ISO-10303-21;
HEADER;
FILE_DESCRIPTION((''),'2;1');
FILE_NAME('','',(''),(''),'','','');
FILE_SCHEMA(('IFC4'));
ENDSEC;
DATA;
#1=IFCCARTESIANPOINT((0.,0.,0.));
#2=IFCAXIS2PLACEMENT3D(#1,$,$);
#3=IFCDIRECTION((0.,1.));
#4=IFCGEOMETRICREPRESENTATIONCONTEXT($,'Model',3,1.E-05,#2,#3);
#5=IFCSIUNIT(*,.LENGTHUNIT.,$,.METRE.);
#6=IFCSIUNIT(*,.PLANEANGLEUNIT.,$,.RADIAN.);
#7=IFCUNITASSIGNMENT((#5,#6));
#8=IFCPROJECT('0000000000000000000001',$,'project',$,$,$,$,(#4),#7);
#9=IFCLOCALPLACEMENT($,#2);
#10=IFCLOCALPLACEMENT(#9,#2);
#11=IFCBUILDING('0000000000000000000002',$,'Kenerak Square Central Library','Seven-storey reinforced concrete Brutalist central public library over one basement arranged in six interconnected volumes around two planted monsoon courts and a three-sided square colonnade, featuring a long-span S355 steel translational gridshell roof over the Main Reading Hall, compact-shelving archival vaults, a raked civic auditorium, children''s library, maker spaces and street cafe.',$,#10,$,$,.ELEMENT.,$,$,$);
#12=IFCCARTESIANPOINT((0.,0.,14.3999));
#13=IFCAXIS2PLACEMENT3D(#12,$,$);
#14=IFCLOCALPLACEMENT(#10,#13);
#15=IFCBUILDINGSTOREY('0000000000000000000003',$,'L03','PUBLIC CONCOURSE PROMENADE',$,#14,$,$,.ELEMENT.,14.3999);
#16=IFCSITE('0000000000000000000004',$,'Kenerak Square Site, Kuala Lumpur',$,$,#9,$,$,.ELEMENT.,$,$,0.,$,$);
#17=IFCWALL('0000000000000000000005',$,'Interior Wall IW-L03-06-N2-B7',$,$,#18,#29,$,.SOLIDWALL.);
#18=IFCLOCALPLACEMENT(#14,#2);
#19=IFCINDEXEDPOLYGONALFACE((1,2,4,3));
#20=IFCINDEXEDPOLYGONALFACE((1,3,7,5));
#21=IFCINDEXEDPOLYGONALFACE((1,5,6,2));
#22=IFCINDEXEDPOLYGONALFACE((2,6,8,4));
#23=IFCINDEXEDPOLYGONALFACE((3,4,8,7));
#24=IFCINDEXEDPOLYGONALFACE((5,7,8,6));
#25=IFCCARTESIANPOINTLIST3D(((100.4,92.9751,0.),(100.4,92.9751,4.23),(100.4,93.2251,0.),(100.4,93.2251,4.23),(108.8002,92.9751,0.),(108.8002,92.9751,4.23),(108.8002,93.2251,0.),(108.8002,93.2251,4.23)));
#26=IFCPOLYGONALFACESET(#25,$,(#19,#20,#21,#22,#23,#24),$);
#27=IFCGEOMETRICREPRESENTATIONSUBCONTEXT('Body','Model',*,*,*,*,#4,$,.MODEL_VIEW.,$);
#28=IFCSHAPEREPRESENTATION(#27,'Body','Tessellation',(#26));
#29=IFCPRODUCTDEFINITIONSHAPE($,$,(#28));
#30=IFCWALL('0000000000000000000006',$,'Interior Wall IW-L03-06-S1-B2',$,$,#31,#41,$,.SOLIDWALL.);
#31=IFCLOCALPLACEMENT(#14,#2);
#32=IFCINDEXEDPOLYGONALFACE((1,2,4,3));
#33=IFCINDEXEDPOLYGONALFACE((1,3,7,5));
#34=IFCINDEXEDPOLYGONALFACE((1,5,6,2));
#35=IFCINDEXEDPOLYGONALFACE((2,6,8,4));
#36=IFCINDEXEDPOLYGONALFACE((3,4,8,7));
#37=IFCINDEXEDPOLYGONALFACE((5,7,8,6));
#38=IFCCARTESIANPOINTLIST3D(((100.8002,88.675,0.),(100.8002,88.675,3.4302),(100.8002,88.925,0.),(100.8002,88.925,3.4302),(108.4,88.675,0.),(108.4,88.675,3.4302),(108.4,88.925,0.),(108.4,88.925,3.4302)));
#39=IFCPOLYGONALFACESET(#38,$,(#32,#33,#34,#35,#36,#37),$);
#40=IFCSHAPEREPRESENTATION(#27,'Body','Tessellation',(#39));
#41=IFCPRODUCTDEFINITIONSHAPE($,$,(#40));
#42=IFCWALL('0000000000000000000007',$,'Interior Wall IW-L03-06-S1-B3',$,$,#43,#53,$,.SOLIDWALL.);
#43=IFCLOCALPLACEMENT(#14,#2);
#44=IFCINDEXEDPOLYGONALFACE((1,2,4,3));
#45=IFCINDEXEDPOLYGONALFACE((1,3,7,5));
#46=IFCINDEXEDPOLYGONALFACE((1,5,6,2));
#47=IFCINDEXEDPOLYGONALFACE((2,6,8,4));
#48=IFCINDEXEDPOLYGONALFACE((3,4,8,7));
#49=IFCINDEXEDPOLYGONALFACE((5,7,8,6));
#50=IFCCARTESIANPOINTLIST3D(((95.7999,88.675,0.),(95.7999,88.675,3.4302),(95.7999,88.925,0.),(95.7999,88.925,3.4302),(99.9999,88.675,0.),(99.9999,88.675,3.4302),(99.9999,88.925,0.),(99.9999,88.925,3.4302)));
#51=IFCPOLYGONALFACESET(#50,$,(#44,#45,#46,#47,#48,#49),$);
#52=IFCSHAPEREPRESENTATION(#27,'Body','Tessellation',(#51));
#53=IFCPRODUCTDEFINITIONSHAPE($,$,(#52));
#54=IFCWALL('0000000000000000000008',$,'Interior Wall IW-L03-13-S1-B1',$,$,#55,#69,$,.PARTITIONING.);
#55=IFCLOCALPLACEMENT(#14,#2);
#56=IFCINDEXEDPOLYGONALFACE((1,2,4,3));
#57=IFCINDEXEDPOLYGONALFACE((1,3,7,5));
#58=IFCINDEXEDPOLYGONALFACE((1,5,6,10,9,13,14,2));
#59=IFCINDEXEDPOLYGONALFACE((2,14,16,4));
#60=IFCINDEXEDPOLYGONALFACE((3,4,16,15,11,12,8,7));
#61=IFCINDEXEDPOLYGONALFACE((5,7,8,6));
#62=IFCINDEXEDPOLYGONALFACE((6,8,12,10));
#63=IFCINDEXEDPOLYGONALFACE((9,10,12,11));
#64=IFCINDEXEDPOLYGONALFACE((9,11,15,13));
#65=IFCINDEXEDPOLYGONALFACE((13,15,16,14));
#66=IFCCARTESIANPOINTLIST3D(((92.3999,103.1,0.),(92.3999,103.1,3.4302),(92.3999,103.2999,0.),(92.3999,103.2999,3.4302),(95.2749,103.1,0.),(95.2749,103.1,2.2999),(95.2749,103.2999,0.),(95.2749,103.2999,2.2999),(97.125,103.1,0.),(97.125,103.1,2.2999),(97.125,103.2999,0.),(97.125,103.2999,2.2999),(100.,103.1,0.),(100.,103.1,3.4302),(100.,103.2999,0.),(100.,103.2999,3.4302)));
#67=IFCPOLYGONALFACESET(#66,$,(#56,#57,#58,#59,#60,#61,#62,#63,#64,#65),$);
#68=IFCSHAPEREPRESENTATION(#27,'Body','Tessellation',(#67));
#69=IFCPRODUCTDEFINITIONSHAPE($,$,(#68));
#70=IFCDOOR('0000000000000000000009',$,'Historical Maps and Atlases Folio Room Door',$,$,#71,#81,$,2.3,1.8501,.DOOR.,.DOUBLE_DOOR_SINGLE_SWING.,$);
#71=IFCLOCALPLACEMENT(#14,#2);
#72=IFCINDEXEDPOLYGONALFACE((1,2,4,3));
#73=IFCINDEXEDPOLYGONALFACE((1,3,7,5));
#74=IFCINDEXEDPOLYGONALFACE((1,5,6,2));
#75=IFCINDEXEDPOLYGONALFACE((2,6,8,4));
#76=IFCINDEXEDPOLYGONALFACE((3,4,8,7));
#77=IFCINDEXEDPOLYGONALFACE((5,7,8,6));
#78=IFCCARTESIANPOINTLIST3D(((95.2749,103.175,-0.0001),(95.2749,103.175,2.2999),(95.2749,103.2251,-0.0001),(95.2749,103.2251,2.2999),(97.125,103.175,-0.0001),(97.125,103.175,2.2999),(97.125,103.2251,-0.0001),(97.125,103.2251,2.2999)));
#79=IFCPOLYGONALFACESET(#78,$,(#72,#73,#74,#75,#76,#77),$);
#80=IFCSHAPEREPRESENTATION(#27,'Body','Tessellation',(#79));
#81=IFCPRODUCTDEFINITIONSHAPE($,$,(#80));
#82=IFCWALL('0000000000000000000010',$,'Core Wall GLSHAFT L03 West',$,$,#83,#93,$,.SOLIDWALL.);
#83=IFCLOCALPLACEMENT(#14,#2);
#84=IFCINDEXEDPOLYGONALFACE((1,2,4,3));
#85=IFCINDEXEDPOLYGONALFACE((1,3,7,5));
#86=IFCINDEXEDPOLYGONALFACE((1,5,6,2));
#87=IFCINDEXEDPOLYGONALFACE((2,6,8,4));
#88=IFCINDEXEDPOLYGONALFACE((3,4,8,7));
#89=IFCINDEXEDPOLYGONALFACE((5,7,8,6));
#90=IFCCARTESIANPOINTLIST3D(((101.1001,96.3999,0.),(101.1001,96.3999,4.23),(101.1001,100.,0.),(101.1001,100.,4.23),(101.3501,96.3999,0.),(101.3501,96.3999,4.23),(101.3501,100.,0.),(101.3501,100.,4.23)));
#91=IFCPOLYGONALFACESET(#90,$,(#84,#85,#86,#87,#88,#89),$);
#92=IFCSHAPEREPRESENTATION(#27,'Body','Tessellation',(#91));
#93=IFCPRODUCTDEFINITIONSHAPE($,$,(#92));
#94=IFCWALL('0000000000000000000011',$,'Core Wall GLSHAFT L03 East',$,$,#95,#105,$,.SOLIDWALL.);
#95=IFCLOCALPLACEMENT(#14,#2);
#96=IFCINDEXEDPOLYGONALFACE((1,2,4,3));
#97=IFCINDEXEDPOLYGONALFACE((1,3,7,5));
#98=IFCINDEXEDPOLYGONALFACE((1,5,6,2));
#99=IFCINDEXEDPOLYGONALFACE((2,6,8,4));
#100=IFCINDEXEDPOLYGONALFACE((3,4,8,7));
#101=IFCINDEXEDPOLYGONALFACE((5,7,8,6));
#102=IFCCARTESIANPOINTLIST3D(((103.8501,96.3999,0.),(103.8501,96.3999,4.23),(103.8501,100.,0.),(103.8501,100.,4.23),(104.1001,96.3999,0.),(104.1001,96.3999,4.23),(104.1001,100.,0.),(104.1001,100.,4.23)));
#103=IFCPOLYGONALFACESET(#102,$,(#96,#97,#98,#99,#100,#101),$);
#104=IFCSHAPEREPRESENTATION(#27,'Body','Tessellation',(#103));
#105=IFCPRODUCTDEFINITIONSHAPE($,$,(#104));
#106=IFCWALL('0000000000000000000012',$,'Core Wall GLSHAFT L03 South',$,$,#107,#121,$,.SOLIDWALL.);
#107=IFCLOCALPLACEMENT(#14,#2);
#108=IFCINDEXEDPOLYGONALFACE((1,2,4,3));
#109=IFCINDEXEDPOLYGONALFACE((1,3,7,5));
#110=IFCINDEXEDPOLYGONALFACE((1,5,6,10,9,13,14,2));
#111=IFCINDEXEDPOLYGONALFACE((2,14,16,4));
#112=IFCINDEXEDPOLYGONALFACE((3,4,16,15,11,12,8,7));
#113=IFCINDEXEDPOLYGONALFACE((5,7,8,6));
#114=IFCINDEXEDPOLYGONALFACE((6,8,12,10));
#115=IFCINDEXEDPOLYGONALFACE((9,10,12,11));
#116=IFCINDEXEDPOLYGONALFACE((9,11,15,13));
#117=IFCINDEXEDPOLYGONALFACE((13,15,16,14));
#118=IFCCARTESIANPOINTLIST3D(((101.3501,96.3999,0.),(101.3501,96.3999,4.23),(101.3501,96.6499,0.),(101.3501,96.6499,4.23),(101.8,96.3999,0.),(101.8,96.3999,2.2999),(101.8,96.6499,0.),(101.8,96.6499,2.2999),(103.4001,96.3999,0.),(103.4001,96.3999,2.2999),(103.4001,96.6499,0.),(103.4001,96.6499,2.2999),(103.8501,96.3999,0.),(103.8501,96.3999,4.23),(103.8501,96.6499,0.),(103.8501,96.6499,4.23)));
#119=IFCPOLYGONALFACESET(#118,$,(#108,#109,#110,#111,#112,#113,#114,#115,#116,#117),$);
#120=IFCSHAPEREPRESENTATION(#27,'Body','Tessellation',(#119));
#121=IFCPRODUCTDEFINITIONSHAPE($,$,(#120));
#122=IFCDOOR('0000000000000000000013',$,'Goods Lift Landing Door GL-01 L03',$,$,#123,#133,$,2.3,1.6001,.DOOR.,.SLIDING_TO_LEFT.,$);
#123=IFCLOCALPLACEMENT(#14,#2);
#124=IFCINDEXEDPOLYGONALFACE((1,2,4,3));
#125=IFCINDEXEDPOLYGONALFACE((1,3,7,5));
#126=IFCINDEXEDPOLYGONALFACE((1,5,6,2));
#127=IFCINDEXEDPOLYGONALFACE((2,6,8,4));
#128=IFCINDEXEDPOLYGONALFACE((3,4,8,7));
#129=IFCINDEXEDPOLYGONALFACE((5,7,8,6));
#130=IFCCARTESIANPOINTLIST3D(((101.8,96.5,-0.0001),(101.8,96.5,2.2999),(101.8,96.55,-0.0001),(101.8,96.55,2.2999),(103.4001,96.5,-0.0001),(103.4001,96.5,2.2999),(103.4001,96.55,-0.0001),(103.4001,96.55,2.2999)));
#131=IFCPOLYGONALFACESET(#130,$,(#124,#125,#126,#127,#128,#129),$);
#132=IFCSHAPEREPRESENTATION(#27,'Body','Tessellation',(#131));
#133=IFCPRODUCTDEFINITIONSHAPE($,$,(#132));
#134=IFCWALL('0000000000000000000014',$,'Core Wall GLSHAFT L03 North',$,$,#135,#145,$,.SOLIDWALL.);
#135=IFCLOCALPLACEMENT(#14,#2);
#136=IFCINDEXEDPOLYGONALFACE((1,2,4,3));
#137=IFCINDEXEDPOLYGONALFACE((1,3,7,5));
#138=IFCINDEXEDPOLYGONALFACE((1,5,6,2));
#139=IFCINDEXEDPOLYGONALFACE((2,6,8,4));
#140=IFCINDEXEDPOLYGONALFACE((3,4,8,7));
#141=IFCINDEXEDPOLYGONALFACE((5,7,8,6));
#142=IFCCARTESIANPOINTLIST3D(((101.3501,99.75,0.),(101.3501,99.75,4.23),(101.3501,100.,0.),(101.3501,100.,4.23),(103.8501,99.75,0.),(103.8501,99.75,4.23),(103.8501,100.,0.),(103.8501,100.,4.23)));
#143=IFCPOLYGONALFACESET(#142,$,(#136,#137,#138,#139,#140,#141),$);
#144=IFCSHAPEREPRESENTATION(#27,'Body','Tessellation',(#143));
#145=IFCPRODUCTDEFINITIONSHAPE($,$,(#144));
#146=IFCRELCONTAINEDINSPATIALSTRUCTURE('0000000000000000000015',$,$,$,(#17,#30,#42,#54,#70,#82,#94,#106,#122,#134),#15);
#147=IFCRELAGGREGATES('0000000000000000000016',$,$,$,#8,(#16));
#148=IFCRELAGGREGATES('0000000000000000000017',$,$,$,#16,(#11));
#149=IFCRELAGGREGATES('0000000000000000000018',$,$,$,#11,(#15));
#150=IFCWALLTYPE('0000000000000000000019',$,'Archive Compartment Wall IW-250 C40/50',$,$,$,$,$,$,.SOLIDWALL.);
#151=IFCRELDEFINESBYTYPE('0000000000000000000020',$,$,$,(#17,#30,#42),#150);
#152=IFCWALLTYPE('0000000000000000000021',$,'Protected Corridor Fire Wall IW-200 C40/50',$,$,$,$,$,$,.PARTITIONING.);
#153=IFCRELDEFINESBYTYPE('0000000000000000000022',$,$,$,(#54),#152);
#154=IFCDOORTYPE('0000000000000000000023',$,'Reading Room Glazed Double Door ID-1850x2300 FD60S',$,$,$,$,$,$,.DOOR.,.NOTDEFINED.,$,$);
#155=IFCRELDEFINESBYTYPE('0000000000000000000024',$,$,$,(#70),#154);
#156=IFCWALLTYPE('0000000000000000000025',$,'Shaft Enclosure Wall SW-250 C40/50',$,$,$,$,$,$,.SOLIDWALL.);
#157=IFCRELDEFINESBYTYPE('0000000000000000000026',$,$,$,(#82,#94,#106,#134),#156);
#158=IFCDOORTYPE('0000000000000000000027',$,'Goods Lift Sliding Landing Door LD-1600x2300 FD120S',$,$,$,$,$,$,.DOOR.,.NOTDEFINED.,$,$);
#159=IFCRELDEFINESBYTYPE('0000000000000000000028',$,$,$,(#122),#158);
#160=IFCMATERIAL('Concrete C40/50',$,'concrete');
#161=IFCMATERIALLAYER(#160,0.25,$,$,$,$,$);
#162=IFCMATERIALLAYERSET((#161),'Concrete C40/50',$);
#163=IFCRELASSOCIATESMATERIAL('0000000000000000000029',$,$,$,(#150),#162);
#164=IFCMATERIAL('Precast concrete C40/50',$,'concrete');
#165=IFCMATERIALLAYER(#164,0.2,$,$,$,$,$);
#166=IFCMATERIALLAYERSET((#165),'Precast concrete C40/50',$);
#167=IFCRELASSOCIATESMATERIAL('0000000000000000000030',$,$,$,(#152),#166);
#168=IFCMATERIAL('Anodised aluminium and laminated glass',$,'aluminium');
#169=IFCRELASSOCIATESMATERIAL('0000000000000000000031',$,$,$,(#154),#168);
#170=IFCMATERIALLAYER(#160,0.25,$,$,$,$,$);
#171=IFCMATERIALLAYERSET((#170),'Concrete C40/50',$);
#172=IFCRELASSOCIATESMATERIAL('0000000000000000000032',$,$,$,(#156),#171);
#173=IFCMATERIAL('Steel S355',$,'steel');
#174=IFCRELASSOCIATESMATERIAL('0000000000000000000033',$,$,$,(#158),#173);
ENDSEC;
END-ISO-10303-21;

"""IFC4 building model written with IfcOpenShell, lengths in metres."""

from ifc_helpers import new_model, si_unit, direction, frame, frame_2d, origin, place, context, subcontext, project, spatial, rectangle, extrude, material, layer, layer_set, type_object, element, fill, save


model = new_model("IFC4")

# Units and contexts
model_context = context("Model", 3, precision=1e-05, world=origin(), true_north=direction((0.0, 1.0)))
body_context = subcontext(model_context, "Body", "Model", "MODEL_VIEW")
ifc_project = project(units=[si_unit("LENGTHUNIT", "METRE"), si_unit("PLANEANGLEUNIT", "RADIAN")], contexts=[model_context])

# Site, building, storey
site_placement = place(None, origin())
site = spatial("IfcSite", under=ifc_project, at=site_placement, Name="Kenerak Square Site, Kuala Lumpur", CompositionType="ELEMENT", RefElevation=0.0)
building_placement = place(site_placement, origin())
building = spatial("IfcBuilding", under=site, at=building_placement, Name="Kenerak Square Central Library", Description="Seven-storey reinforced concrete Brutalist central public library over one basement arranged in six interconnected volumes around two planted monsoon courts and a three-sided square colonnade, featuring a long-span S355 steel translational gridshell roof over the Main Reading Hall, compact-shelving archival vaults, a raked civic auditorium, children's library, maker spaces and street cafe.", CompositionType="ELEMENT")
storey_placement = place(building_placement, frame((0.0, 0.0, 14.3999)))
storey = spatial("IfcBuildingStorey", under=building, at=storey_placement, Name="L03", Description="PUBLIC CONCOURSE PROMENADE", CompositionType="ELEMENT", Elevation=14.3999)

# Shared definitions
ifc_material_1 = material(Name="Concrete C40/50", Category="concrete")

# Walls
ifc_layer_1 = layer(ifc_material_1, 0.25)
ifc_layer_set_1 = layer_set([ifc_layer_1], Name="Concrete C40/50")
wall_type_1 = type_object("IfcWallType", Name="Archive Compartment Wall IW-250 C40/50", PredefinedType="SOLIDWALL", material=ifc_layer_set_1)
wall_1_placement = place(storey_placement, frame((100.3999, 93.1001, 0.0), z_axis=(0.0, 0.0, 1.0), x_axis=(1.0, 0.0, 0.0)))
element("IfcWall", 1, at=wall_1_placement, inside=storey, type_object=wall_type_1, Name="Interior Wall IW-L03-06-N2-B7", PredefinedType="SOLIDWALL", context=body_context, shape_type="SweptSolid", body=[
    extrude(rectangle(XDim=8.4001, YDim=0.25, at=frame_2d((4.2002, 0.0))), origin(), (0.0, 0.0, 1.0), 4.23),
])
wall_2_placement = place(storey_placement, frame((108.3999, 88.8, 0.0), z_axis=(0.0, 0.0, 1.0), x_axis=(-1.0, 0.0, 0.0)))
element("IfcWall", 2, at=wall_2_placement, inside=storey, type_object=wall_type_1, Name="Interior Wall IW-L03-06-S1-B2", PredefinedType="SOLIDWALL", context=body_context, shape_type="SweptSolid", body=[
    extrude(rectangle(XDim=7.5999, YDim=0.25, at=frame_2d((3.7998, 0.0))), origin(), (0.0, 0.0, 1.0), 3.4302),
])
wall_3_placement = place(storey_placement, frame((100.0, 88.8, 0.0), z_axis=(0.0, 0.0, 1.0), x_axis=(-1.0, 0.0, 0.0)))
element("IfcWall", 3, at=wall_3_placement, inside=storey, type_object=wall_type_1, Name="Interior Wall IW-L03-06-S1-B3", PredefinedType="SOLIDWALL", context=body_context, shape_type="SweptSolid", body=[
    extrude(rectangle(XDim=4.2, YDim=0.25, at=frame_2d((2.1001, 0.0))), origin(), (0.0, 0.0, 1.0), 3.4302),
])

# Wall, opening, door
ifc_material_2 = material(Name="Precast concrete C40/50", Category="concrete")
ifc_layer_2 = layer(ifc_material_2, 0.2)
ifc_layer_set_2 = layer_set([ifc_layer_2], Name="Precast concrete C40/50")
wall_type_2 = type_object("IfcWallType", Name="Protected Corridor Fire Wall IW-200 C40/50", PredefinedType="PARTITIONING", material=ifc_layer_set_2)
wall_4_placement = place(storey_placement, frame((100.0, 103.2, 0.0), z_axis=(0.0, 0.0, 1.0), x_axis=(-1.0, 0.0, 0.0)))
wall_4 = element("IfcWall", 4, at=wall_4_placement, inside=storey, type_object=wall_type_2, Name="Interior Wall IW-L03-13-S1-B1", PredefinedType="PARTITIONING", context=body_context, shape_type="SweptSolid", body=[
    extrude(rectangle(XDim=7.6001, YDim=0.2, at=frame_2d((3.8, 0.0))), origin(), (0.0, 0.0, 1.0), 3.4302),
])
opening_1_placement = place(wall_4_placement, frame((2.875, 0.0, 0.0)))
opening_1 = element("IfcOpeningElement", 5, at=opening_1_placement, cuts=wall_4, PredefinedType="OPENING", context=body_context, shape_type="SweptSolid", body=[
    extrude(rectangle(XDim=1.8501, YDim=2.3, at=frame_2d((0.925, 1.1499))), frame((0.0, 0.1099, 0.0), z_axis=(0.0, -1.0, 0.0), x_axis=(1.0, 0.0, 0.0)), (0.0, 0.0, 1.0), 0.22),
])
ifc_material_3 = material(Name="Anodised aluminium and laminated glass", Category="aluminium")
door_type_1 = type_object("IfcDoorType", Name="Reading Room Glazed Double Door ID-1850x2300 FD60S", OperationType="NOTDEFINED", PredefinedType="DOOR", material=ifc_material_3)
door_1_placement = place(opening_1_placement, origin())
door_1 = element("IfcDoor", 6, at=door_1_placement, inside=storey, type_object=door_type_1, Name="Historical Maps and Atlases Folio Room Door", OperationType="DOUBLE_DOOR_SINGLE_SWING", OverallHeight=2.3, OverallWidth=1.8501, PredefinedType="DOOR", context=body_context, shape_type="SweptSolid", body=[
    extrude(rectangle(XDim=1.8501, YDim=2.3, at=frame_2d((0.925, 1.1499))), frame((0.0, 0.0249, 0.0), z_axis=(0.0, -1.0, 0.0), x_axis=(1.0, 0.0, 0.0)), (0.0, 0.0, 1.0), 0.05),
])
fill(opening_1, door_1)

# Walls
ifc_layer_3 = layer(ifc_material_1, 0.25)
ifc_layer_set_3 = layer_set([ifc_layer_3], Name="Concrete C40/50")
wall_type_3 = type_object("IfcWallType", Name="Shaft Enclosure Wall SW-250 C40/50", PredefinedType="SOLIDWALL", material=ifc_layer_set_3)
for number, where, z_axis, x_axis, name in (
    (7, (101.2251, 96.3999, 0.0), (0.0, 0.0, 1.0), (0.0, 1.0, 0.0), "Core Wall GLSHAFT L03 West"),
    (8, (103.9751, 100.0, 0.0), (0.0, 0.0, 1.0), (0.0, -1.0, 0.0), "Core Wall GLSHAFT L03 East"),
):
    element("IfcWall", number, at=place(storey_placement, frame(where, z_axis=z_axis, x_axis=x_axis)), inside=storey, type_object=wall_type_3, Name=name, PredefinedType="SOLIDWALL", context=body_context, shape_type="SweptSolid", body=[
        extrude(rectangle(XDim=3.6001, YDim=0.25, at=frame_2d((1.8, 0.0))), origin(), (0.0, 0.0, 1.0), 4.23),
    ])

# Wall, opening, door
wall_5_placement = place(storey_placement, frame((103.8501, 96.5249, 0.0), z_axis=(0.0, 0.0, 1.0), x_axis=(-1.0, 0.0, 0.0)))
wall_5 = element("IfcWall", 9, at=wall_5_placement, inside=storey, type_object=wall_type_3, Name="Core Wall GLSHAFT L03 South", PredefinedType="SOLIDWALL", context=body_context, shape_type="SweptSolid", body=[
    extrude(rectangle(XDim=2.5, YDim=0.25, at=frame_2d((1.25, 0.0))), origin(), (0.0, 0.0, 1.0), 4.23),
])
opening_2_placement = place(wall_5_placement, frame((0.45, 0.0, 0.0)))
opening_2 = element("IfcOpeningElement", 10, at=opening_2_placement, cuts=wall_5, PredefinedType="OPENING", context=body_context, shape_type="SweptSolid", body=[
    extrude(rectangle(XDim=1.6001, YDim=2.3, at=frame_2d((0.8, 1.1499))), frame((0.0, 0.135, 0.0), z_axis=(0.0, -1.0, 0.0), x_axis=(1.0, 0.0, 0.0)), (0.0, 0.0, 1.0), 0.27),
])
ifc_material_4 = material(Name="Steel S355", Category="steel")
door_type_2 = type_object("IfcDoorType", Name="Goods Lift Sliding Landing Door LD-1600x2300 FD120S", OperationType="NOTDEFINED", PredefinedType="DOOR", material=ifc_material_4)
door_2_placement = place(opening_2_placement, origin())
door_2 = element("IfcDoor", 11, at=door_2_placement, inside=storey, type_object=door_type_2, Name="Goods Lift Landing Door GL-01 L03", OperationType="SLIDING_TO_LEFT", OverallHeight=2.3, OverallWidth=1.6001, PredefinedType="DOOR", context=body_context, shape_type="SweptSolid", body=[
    extrude(rectangle(XDim=1.6001, YDim=2.3, at=frame_2d((0.8, 1.1499))), frame((0.0, 0.0249, 0.0), z_axis=(0.0, -1.0, 0.0), x_axis=(1.0, 0.0, 0.0)), (0.0, 0.0, 1.0), 0.05),
])
fill(opening_2, door_2)

# Wall
wall_6_placement = place(storey_placement, frame((101.3501, 99.875, 0.0), z_axis=(0.0, 0.0, 1.0), x_axis=(1.0, 0.0, 0.0)))
element("IfcWall", 12, at=wall_6_placement, inside=storey, type_object=wall_type_3, Name="Core Wall GLSHAFT L03 North", PredefinedType="SOLIDWALL", context=body_context, shape_type="SweptSolid", body=[
    extrude(rectangle(XDim=2.5, YDim=0.25, at=frame_2d((1.25, 0.0))), origin(), (0.0, 0.0, 1.0), 4.23),
])

save(model, "model.ifc")
